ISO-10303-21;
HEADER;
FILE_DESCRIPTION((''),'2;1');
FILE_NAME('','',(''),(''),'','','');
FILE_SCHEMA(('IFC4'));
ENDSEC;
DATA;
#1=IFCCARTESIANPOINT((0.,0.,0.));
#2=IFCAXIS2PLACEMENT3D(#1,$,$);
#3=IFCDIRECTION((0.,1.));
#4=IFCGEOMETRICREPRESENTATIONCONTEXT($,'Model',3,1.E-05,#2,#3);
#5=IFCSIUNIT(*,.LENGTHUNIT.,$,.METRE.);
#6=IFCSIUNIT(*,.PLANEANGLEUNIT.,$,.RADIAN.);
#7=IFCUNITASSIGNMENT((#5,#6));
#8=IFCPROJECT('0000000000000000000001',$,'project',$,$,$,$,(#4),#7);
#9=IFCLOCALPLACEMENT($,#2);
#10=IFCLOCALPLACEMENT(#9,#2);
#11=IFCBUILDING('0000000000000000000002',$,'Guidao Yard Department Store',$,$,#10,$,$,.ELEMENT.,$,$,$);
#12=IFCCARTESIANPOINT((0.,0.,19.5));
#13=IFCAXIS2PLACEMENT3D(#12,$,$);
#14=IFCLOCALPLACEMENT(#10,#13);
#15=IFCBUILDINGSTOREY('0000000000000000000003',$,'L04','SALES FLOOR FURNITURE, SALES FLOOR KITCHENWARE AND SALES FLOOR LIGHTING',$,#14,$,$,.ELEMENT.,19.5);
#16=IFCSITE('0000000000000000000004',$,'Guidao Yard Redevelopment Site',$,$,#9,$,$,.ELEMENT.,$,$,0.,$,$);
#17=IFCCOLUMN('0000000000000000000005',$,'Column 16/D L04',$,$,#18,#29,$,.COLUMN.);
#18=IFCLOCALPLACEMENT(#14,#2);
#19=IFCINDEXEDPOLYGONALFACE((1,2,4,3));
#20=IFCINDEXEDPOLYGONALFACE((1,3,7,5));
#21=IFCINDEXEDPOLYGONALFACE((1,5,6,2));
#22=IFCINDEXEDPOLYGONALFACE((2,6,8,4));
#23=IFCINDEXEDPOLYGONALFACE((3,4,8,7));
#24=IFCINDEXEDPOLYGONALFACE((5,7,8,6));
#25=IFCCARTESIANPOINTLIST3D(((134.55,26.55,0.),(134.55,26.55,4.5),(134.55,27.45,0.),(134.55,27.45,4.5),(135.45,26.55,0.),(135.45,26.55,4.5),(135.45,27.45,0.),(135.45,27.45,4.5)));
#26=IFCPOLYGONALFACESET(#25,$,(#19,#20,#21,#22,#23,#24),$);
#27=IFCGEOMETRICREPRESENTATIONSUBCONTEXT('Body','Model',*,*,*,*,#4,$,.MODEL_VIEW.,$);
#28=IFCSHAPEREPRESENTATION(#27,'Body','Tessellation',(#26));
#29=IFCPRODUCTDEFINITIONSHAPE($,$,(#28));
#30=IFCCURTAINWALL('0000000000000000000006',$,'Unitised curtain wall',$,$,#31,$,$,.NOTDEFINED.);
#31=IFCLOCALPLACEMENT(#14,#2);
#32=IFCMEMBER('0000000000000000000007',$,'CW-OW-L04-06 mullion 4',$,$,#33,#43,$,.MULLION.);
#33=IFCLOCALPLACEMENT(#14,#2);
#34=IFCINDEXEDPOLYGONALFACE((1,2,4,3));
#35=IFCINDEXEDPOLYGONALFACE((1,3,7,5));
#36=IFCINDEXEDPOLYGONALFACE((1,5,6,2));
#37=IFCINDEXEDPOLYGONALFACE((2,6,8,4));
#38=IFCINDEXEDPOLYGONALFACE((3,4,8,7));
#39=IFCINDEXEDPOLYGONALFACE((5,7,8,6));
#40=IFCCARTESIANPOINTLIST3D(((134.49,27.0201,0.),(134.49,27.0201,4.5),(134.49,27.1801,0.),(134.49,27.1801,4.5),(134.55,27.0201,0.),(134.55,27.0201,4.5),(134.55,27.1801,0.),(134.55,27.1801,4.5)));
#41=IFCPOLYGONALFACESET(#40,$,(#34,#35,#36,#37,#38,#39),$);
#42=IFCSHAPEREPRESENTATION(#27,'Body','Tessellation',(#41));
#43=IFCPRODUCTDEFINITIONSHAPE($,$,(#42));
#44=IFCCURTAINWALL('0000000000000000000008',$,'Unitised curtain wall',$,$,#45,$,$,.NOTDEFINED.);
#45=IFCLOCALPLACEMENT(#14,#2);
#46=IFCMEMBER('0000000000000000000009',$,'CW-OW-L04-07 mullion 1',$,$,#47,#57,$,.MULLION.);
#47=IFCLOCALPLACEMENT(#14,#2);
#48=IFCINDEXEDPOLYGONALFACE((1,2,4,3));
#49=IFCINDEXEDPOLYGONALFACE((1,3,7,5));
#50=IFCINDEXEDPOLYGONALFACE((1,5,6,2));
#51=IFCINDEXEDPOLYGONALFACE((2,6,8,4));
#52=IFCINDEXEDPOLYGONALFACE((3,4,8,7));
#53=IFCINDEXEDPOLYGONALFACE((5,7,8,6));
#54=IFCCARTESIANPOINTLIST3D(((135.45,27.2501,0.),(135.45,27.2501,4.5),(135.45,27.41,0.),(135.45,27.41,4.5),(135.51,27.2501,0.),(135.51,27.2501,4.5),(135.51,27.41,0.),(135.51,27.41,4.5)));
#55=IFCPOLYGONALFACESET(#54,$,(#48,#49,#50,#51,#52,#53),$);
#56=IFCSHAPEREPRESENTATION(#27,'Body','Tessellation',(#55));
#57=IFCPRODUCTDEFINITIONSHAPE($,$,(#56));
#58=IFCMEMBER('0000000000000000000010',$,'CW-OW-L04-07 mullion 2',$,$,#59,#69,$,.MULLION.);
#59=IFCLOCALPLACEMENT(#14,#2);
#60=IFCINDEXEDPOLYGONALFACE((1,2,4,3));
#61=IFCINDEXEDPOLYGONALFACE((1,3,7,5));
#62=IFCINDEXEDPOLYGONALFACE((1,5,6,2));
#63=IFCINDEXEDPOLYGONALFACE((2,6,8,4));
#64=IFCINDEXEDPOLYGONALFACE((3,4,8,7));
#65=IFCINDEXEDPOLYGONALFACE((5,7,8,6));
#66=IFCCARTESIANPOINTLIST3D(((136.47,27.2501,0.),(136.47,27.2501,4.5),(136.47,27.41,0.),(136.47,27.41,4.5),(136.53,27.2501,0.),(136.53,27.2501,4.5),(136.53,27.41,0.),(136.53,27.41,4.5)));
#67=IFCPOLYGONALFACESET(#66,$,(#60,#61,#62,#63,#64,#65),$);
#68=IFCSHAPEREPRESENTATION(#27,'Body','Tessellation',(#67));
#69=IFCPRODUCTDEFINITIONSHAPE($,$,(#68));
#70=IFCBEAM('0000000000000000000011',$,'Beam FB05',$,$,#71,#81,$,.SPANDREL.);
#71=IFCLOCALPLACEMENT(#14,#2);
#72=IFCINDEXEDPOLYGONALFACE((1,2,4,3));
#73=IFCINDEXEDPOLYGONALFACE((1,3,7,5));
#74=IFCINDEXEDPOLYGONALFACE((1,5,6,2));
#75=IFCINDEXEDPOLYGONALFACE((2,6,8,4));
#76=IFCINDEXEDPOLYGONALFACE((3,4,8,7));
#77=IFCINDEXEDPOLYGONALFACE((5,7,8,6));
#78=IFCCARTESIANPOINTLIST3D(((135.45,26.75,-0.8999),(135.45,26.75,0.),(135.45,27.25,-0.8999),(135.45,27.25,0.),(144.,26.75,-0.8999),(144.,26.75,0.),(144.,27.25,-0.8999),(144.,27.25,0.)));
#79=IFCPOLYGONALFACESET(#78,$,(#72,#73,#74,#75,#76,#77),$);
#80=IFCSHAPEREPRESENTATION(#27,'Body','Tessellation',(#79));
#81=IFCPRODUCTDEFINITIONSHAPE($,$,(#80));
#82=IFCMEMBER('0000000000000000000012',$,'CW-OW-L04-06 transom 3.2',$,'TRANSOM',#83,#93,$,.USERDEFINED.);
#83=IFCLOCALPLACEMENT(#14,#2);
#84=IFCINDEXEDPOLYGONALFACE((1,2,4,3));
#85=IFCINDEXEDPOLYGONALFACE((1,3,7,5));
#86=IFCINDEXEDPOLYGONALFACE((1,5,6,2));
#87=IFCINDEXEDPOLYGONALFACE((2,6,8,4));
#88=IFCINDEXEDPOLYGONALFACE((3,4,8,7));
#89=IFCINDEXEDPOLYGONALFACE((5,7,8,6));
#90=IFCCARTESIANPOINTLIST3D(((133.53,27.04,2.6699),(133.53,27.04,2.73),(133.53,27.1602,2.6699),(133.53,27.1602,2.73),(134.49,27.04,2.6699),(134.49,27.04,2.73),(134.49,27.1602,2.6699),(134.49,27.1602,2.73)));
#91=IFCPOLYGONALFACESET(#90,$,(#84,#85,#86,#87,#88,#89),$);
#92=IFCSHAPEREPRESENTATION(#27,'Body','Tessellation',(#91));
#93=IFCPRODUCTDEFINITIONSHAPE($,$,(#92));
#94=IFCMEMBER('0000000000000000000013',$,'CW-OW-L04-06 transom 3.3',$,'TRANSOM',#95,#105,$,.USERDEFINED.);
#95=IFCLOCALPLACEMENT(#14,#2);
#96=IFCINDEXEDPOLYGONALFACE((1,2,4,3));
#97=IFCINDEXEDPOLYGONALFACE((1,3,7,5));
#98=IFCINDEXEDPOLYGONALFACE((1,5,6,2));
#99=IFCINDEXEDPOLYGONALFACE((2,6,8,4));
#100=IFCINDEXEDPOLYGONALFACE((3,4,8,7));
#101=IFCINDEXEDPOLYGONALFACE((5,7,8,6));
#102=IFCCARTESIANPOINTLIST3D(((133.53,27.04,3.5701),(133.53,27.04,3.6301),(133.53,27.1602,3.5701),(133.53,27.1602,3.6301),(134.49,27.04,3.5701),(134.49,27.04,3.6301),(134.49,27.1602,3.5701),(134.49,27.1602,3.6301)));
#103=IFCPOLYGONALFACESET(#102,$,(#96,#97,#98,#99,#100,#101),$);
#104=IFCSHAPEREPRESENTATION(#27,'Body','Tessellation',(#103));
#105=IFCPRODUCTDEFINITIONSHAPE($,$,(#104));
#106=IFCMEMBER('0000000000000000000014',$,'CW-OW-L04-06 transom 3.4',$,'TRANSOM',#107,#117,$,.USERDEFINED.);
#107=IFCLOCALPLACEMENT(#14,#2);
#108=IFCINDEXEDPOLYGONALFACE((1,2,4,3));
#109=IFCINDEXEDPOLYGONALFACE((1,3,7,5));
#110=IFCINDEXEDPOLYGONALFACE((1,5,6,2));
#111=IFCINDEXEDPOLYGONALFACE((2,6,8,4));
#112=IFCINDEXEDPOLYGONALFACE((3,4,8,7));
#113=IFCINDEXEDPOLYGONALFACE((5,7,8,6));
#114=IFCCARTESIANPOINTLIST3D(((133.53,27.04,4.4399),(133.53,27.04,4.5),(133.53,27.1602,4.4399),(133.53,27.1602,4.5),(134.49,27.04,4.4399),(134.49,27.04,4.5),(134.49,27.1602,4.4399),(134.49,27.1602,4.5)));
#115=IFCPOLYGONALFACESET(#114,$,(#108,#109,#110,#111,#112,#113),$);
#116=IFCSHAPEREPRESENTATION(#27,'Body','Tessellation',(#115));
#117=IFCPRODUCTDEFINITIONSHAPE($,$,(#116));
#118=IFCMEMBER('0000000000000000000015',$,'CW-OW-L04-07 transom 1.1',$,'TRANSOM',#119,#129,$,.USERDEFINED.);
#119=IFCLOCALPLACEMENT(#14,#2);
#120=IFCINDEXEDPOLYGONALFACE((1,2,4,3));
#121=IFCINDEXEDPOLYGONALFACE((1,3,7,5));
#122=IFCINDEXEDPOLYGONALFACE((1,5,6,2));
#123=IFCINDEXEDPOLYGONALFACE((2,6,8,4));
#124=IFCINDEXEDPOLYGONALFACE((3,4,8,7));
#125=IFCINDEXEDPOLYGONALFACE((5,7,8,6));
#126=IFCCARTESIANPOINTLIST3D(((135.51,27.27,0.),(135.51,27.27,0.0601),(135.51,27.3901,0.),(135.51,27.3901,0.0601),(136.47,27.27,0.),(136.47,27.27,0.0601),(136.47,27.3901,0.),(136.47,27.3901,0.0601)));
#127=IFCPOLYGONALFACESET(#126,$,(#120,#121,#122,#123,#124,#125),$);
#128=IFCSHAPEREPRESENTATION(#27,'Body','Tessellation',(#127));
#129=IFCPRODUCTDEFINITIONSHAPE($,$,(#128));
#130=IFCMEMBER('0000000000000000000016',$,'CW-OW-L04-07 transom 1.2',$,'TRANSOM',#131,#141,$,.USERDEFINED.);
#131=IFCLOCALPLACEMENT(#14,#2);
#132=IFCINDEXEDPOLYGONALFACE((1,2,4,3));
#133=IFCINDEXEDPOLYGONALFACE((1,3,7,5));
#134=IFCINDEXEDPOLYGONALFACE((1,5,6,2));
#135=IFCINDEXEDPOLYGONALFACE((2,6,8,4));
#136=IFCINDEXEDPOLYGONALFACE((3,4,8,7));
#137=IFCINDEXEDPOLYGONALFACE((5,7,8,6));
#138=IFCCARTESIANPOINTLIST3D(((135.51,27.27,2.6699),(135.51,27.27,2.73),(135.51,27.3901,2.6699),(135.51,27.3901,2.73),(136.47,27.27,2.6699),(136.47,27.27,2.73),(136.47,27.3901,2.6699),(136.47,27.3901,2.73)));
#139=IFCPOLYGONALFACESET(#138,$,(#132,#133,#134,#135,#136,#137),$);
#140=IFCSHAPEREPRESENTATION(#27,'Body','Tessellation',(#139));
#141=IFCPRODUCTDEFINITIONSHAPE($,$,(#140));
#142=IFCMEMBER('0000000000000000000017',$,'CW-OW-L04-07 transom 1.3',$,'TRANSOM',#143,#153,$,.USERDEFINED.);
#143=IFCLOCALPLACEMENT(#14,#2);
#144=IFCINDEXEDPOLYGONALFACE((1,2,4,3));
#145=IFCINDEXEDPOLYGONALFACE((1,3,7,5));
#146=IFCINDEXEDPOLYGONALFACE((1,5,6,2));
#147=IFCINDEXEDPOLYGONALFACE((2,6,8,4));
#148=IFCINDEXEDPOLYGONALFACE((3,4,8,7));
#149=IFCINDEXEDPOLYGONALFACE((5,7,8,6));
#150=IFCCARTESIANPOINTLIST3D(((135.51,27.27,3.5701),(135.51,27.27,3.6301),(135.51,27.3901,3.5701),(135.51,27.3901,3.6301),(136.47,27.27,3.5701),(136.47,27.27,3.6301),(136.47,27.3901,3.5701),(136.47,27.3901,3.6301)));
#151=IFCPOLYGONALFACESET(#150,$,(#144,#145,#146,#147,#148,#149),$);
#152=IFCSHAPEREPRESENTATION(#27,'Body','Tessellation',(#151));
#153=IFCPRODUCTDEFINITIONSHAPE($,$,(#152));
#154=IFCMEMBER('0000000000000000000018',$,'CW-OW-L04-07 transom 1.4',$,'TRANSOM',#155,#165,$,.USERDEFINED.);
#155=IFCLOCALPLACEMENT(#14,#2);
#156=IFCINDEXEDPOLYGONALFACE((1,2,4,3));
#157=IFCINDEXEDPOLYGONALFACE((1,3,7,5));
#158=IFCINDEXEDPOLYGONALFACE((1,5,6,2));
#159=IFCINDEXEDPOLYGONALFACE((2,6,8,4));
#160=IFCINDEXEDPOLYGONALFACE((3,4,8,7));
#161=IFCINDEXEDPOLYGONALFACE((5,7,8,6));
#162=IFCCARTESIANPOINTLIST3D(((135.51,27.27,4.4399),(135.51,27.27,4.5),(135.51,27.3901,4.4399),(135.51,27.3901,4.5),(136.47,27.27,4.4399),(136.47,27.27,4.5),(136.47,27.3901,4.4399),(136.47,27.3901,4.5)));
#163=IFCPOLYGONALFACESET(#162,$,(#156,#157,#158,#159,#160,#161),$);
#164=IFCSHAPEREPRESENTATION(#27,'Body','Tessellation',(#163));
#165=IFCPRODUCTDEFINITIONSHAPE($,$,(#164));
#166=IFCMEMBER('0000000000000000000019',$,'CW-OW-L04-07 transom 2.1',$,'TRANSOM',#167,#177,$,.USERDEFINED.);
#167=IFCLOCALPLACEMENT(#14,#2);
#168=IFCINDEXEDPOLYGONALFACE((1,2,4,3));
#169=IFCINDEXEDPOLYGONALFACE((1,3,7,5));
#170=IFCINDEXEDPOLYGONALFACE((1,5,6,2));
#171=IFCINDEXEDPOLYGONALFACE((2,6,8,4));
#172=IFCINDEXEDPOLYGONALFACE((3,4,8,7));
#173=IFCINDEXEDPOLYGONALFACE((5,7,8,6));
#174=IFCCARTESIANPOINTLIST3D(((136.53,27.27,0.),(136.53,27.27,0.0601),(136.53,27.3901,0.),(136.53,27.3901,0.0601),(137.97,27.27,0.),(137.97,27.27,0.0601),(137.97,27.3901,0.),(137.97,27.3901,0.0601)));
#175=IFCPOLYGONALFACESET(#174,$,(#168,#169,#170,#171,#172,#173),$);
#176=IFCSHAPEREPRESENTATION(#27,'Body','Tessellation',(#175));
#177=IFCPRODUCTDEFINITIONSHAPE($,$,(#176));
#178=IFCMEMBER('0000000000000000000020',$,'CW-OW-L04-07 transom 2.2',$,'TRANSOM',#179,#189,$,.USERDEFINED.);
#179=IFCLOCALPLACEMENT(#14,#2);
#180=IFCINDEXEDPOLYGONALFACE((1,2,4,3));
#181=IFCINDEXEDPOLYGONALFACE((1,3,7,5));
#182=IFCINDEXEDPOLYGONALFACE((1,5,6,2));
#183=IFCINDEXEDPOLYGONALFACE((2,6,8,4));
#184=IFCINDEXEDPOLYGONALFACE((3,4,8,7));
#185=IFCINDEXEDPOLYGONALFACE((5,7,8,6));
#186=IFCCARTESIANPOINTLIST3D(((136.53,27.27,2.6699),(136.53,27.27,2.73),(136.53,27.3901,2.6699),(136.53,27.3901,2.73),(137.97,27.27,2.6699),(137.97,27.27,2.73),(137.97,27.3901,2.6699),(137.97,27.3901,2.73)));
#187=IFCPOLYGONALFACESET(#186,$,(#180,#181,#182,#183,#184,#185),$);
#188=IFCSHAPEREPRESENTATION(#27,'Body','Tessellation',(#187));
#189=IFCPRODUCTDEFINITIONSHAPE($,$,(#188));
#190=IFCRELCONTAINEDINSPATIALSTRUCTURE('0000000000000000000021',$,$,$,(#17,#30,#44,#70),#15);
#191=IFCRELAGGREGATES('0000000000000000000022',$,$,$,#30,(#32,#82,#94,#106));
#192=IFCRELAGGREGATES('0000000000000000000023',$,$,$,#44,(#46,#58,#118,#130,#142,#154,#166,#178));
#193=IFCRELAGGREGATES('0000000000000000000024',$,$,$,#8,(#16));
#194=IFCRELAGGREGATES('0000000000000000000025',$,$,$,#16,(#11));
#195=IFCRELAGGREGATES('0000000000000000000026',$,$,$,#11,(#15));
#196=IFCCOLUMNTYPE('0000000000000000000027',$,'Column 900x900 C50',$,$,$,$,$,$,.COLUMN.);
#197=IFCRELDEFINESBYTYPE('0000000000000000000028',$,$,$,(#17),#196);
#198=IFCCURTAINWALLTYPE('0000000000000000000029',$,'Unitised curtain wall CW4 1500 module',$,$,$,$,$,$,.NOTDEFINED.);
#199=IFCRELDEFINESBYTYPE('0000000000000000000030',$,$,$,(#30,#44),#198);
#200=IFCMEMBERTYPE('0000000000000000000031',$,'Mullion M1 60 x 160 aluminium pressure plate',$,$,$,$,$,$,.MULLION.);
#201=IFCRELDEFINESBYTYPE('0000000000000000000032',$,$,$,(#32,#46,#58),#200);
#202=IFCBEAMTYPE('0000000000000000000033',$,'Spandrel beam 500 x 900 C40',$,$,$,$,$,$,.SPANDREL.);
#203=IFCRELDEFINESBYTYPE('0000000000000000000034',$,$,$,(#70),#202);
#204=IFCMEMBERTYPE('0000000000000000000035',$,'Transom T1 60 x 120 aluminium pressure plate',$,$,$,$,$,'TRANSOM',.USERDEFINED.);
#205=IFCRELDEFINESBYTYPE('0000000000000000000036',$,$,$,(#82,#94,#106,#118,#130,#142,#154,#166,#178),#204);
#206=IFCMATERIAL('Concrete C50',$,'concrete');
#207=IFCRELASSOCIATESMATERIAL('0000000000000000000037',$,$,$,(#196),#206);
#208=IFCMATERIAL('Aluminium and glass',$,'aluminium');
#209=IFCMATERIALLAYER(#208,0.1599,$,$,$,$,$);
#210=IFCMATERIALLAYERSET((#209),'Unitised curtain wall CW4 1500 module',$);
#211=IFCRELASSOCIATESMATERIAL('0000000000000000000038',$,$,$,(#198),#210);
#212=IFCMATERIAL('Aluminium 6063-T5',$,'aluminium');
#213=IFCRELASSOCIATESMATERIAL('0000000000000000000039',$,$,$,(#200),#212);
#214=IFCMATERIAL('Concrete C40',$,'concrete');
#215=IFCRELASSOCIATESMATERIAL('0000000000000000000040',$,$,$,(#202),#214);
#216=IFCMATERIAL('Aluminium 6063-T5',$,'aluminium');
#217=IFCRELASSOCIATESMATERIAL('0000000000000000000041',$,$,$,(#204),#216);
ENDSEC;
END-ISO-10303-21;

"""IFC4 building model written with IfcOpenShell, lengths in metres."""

from ifc_helpers import new_model, si_unit, direction, frame, origin, origin_2d, place, context, subcontext, project, spatial, rectangle, extrude, material, layer, layer_set, material_profile, profile_set, type_object, element, aggregate, save


model = new_model("IFC4")

# Units and contexts
model_context = context("Model", 3, precision=1e-05, world=origin(), true_north=direction((0.0, 1.0)))
body_context = subcontext(model_context, "Body", "Model", "MODEL_VIEW")
ifc_project = project(units=[si_unit("LENGTHUNIT", "METRE"), si_unit("PLANEANGLEUNIT", "RADIAN")], contexts=[model_context])

# Site, building, storey
site_placement = place(None, origin())
site = spatial("IfcSite", under=ifc_project, at=site_placement, Name="Guidao Yard Redevelopment Site", CompositionType="ELEMENT", RefElevation=0.0)
building_placement = place(site_placement, origin())
building = spatial("IfcBuilding", under=site, at=building_placement, Name="Guidao Yard Department Store", CompositionType="ELEMENT")
storey_placement = place(building_placement, frame((0.0, 0.0, 19.5)))
storey = spatial("IfcBuildingStorey", under=building, at=storey_placement, Name="L04", Description="SALES FLOOR FURNITURE, SALES FLOOR KITCHENWARE AND SALES FLOOR LIGHTING", CompositionType="ELEMENT", Elevation=19.5)

# Column
ifc_material_1 = material(Name="Concrete C50", Category="concrete")
ifc_material_profile_1 = material_profile(ifc_material_1, rectangle(XDim=0.8999, YDim=0.8999, at=origin_2d()), Name="COL 900x900")
ifc_profile_set_1 = profile_set([ifc_material_profile_1], Name="Concrete C50")
column_type = type_object("IfcColumnType", Name="Column 900x900 C50", PredefinedType="COLUMN", material=ifc_profile_set_1)
column_placement = place(storey_placement, frame((135.0, 27.0, 0.0), z_axis=(0.0, 0.0, 1.0), x_axis=(1.0, 0.0, 0.0)))
element("IfcColumn", 1, at=column_placement, inside=storey, type_object=column_type, Name="Column 16/D L04", PredefinedType="COLUMN", context=body_context, shape_type="SweptSolid", body=[
    extrude(rectangle(XDim=0.8999, YDim=0.8999, at=origin_2d()), origin(), (0.0, 0.0, 1.0), 4.5),
])

# Curtain wall, member
ifc_material_2 = material(Name="Aluminium and glass", Category="aluminium")
ifc_layer_1 = layer(ifc_material_2, 0.1599)
ifc_layer_set_1 = layer_set([ifc_layer_1], Name="Unitised curtain wall CW4 1500 module")
curtain_wall_type = type_object("IfcCurtainWallType", Name="Unitised curtain wall CW4 1500 module", PredefinedType="NOTDEFINED", material=ifc_layer_set_1)
curtain_wall_1_placement = place(storey_placement, origin())
curtain_wall_1 = element("IfcCurtainWall", 2, at=curtain_wall_1_placement, inside=storey, type_object=curtain_wall_type, Name="Unitised curtain wall", PredefinedType="NOTDEFINED")
ifc_material_3 = material(Name="Aluminium 6063-T5", Category="aluminium")
ifc_material_profile_2 = material_profile(ifc_material_3, rectangle(XDim=0.0601, YDim=0.1599, at=origin_2d()), Name="Mullion M1 60 x 160 aluminium pressure plate")
ifc_profile_set_2 = profile_set([ifc_material_profile_2], Name="Aluminium 6063-T5")
member_type_1 = type_object("IfcMemberType", Name="Mullion M1 60 x 160 aluminium pressure plate", PredefinedType="MULLION", material=ifc_profile_set_2)
member_1_placement = place(storey_placement, frame((134.52, 27.1001, 0.0), z_axis=(0.0, 0.0, 1.0), x_axis=(1.0, 0.0, 0.0)))
member_1 = element("IfcMember", 3, at=member_1_placement, type_object=member_type_1, Name="CW-OW-L04-06 mullion 4", PredefinedType="MULLION", context=body_context, shape_type="SweptSolid", body=[
    extrude(rectangle(XDim=0.0601, YDim=0.1599, at=origin_2d()), origin(), (0.0, 0.0, 1.0), 4.5),
])

# Curtain wall, members
curtain_wall_2_placement = place(storey_placement, origin())
curtain_wall_2 = element("IfcCurtainWall", 4, at=curtain_wall_2_placement, inside=storey, type_object=curtain_wall_type, Name="Unitised curtain wall", PredefinedType="NOTDEFINED")
member_2_placement = place(storey_placement, frame((135.48, 27.3301, 0.0), z_axis=(0.0, 0.0, 1.0), x_axis=(1.0, 0.0, 0.0)))
member_2 = element("IfcMember", 5, at=member_2_placement, type_object=member_type_1, Name="CW-OW-L04-07 mullion 1", PredefinedType="MULLION", context=body_context, shape_type="SweptSolid", body=[
    extrude(rectangle(XDim=0.0601, YDim=0.1599, at=origin_2d()), origin(), (0.0, 0.0, 1.0), 4.5),
])
member_3_placement = place(storey_placement, frame((136.5, 27.3301, 0.0), z_axis=(0.0, 0.0, 1.0), x_axis=(1.0, 0.0, 0.0)))
member_3 = element("IfcMember", 6, at=member_3_placement, type_object=member_type_1, Name="CW-OW-L04-07 mullion 2", PredefinedType="MULLION", context=body_context, shape_type="SweptSolid", body=[
    extrude(rectangle(XDim=0.0601, YDim=0.1599, at=origin_2d()), origin(), (0.0, 0.0, 1.0), 4.5),
])

# Beam
ifc_material_4 = material(Name="Concrete C40", Category="concrete")
ifc_material_profile_3 = material_profile(ifc_material_4, rectangle(XDim=0.5, YDim=0.8999, at=origin_2d()), Name="Spandrel beam 500 x 900 C40")
ifc_profile_set_3 = profile_set([ifc_material_profile_3], Name="Concrete C40")
beam_type = type_object("IfcBeamType", Name="Spandrel beam 500 x 900 C40", PredefinedType="SPANDREL", material=ifc_profile_set_3)
beam_placement = place(storey_placement, frame((135.45, 27.0, -0.45), z_axis=(1.0, 0.0, 0.0), x_axis=(0.0, 1.0, 0.0)))
element("IfcBeam", 7, at=beam_placement, inside=storey, type_object=beam_type, Name="Beam FB05", PredefinedType="SPANDREL", context=body_context, shape_type="SweptSolid", body=[
    extrude(rectangle(XDim=0.5, YDim=0.8999, at=origin_2d()), origin(), (0.0, 0.0, 1.0), 8.55),
])

# Members
ifc_material_5 = material(Name="Aluminium 6063-T5", Category="aluminium")
ifc_material_profile_4 = material_profile(ifc_material_5, rectangle(XDim=0.1201, YDim=0.0601, at=origin_2d()), Name="Transom T1 60 x 120 aluminium pressure plate")
ifc_profile_set_4 = profile_set([ifc_material_profile_4], Name="Aluminium 6063-T5")
member_type_2 = type_object("IfcMemberType", Name="Transom T1 60 x 120 aluminium pressure plate", ElementType="TRANSOM", PredefinedType="USERDEFINED", material=ifc_profile_set_4)
member_4_placement = place(storey_placement, frame((133.53, 27.1001, 2.7), z_axis=(1.0, 0.0, 0.0), x_axis=(0.0, 1.0, 0.0)))
member_4 = element("IfcMember", 8, at=member_4_placement, type_object=member_type_2, Name="CW-OW-L04-06 transom 3.2", ObjectType="TRANSOM", PredefinedType="USERDEFINED", context=body_context, shape_type="SweptSolid", body=[
    extrude(rectangle(XDim=0.1201, YDim=0.0601, at=origin_2d()), origin(), (0.0, 0.0, 1.0), 0.96),
])
member_5_placement = place(storey_placement, frame((133.53, 27.1001, 3.6001), z_axis=(1.0, 0.0, 0.0), x_axis=(0.0, 1.0, 0.0)))
member_5 = element("IfcMember", 9, at=member_5_placement, type_object=member_type_2, Name="CW-OW-L04-06 transom 3.3", ObjectType="TRANSOM", PredefinedType="USERDEFINED", context=body_context, shape_type="SweptSolid", body=[
    extrude(rectangle(XDim=0.1201, YDim=0.0601, at=origin_2d()), origin(), (0.0, 0.0, 1.0), 0.96),
])
member_6_placement = place(storey_placement, frame((133.53, 27.1001, 4.47), z_axis=(1.0, 0.0, 0.0), x_axis=(0.0, 1.0, 0.0)))
member_6 = element("IfcMember", 10, at=member_6_placement, type_object=member_type_2, Name="CW-OW-L04-06 transom 3.4", ObjectType="TRANSOM", PredefinedType="USERDEFINED", context=body_context, shape_type="SweptSolid", body=[
    extrude(rectangle(XDim=0.1201, YDim=0.0601, at=origin_2d()), origin(), (0.0, 0.0, 1.0), 0.96),
])
member_7_placement = place(storey_placement, frame((135.51, 27.3301, 0.03), z_axis=(1.0, 0.0, 0.0), x_axis=(0.0, 1.0, 0.0)))
member_7 = element("IfcMember", 11, at=member_7_placement, type_object=member_type_2, Name="CW-OW-L04-07 transom 1.1", ObjectType="TRANSOM", PredefinedType="USERDEFINED", context=body_context, shape_type="SweptSolid", body=[
    extrude(rectangle(XDim=0.1201, YDim=0.0601, at=origin_2d()), origin(), (0.0, 0.0, 1.0), 0.96),
])
member_8_placement = place(storey_placement, frame((135.51, 27.3301, 2.7), z_axis=(1.0, 0.0, 0.0), x_axis=(0.0, 1.0, 0.0)))
member_8 = element("IfcMember", 12, at=member_8_placement, type_object=member_type_2, Name="CW-OW-L04-07 transom 1.2", ObjectType="TRANSOM", PredefinedType="USERDEFINED", context=body_context, shape_type="SweptSolid", body=[
    extrude(rectangle(XDim=0.1201, YDim=0.0601, at=origin_2d()), origin(), (0.0, 0.0, 1.0), 0.96),
])
member_9_placement = place(storey_placement, frame((135.51, 27.3301, 3.6001), z_axis=(1.0, 0.0, 0.0), x_axis=(0.0, 1.0, 0.0)))
member_9 = element("IfcMember", 13, at=member_9_placement, type_object=member_type_2, Name="CW-OW-L04-07 transom 1.3", ObjectType="TRANSOM", PredefinedType="USERDEFINED", context=body_context, shape_type="SweptSolid", body=[
    extrude(rectangle(XDim=0.1201, YDim=0.0601, at=origin_2d()), origin(), (0.0, 0.0, 1.0), 0.96),
])
member_10_placement = place(storey_placement, frame((135.51, 27.3301, 4.47), z_axis=(1.0, 0.0, 0.0), x_axis=(0.0, 1.0, 0.0)))
member_10 = element("IfcMember", 14, at=member_10_placement, type_object=member_type_2, Name="CW-OW-L04-07 transom 1.4", ObjectType="TRANSOM", PredefinedType="USERDEFINED", context=body_context, shape_type="SweptSolid", body=[
    extrude(rectangle(XDim=0.1201, YDim=0.0601, at=origin_2d()), origin(), (0.0, 0.0, 1.0), 0.96),
])
member_11_placement = place(storey_placement, frame((136.53, 27.3301, 0.03), z_axis=(1.0, 0.0, 0.0), x_axis=(0.0, 1.0, 0.0)))
member_11 = element("IfcMember", 15, at=member_11_placement, type_object=member_type_2, Name="CW-OW-L04-07 transom 2.1", ObjectType="TRANSOM", PredefinedType="USERDEFINED", context=body_context, shape_type="SweptSolid", body=[
    extrude(rectangle(XDim=0.1201, YDim=0.0601, at=origin_2d()), origin(), (0.0, 0.0, 1.0), 1.4399),
])
member_12_placement = place(storey_placement, frame((136.53, 27.3301, 2.7), z_axis=(1.0, 0.0, 0.0), x_axis=(0.0, 1.0, 0.0)))
member_12 = element("IfcMember", 16, at=member_12_placement, type_object=member_type_2, Name="CW-OW-L04-07 transom 2.2", ObjectType="TRANSOM", PredefinedType="USERDEFINED", context=body_context, shape_type="SweptSolid", body=[
    extrude(rectangle(XDim=0.1201, YDim=0.0601, at=origin_2d()), origin(), (0.0, 0.0, 1.0), 1.4399),
])

aggregate(curtain_wall_1, [member_1, member_4, member_5, member_6])
aggregate(curtain_wall_2, [member_2, member_3, member_7, member_8, member_9, member_10, member_11, member_12])

save(model, "model.ifc")
